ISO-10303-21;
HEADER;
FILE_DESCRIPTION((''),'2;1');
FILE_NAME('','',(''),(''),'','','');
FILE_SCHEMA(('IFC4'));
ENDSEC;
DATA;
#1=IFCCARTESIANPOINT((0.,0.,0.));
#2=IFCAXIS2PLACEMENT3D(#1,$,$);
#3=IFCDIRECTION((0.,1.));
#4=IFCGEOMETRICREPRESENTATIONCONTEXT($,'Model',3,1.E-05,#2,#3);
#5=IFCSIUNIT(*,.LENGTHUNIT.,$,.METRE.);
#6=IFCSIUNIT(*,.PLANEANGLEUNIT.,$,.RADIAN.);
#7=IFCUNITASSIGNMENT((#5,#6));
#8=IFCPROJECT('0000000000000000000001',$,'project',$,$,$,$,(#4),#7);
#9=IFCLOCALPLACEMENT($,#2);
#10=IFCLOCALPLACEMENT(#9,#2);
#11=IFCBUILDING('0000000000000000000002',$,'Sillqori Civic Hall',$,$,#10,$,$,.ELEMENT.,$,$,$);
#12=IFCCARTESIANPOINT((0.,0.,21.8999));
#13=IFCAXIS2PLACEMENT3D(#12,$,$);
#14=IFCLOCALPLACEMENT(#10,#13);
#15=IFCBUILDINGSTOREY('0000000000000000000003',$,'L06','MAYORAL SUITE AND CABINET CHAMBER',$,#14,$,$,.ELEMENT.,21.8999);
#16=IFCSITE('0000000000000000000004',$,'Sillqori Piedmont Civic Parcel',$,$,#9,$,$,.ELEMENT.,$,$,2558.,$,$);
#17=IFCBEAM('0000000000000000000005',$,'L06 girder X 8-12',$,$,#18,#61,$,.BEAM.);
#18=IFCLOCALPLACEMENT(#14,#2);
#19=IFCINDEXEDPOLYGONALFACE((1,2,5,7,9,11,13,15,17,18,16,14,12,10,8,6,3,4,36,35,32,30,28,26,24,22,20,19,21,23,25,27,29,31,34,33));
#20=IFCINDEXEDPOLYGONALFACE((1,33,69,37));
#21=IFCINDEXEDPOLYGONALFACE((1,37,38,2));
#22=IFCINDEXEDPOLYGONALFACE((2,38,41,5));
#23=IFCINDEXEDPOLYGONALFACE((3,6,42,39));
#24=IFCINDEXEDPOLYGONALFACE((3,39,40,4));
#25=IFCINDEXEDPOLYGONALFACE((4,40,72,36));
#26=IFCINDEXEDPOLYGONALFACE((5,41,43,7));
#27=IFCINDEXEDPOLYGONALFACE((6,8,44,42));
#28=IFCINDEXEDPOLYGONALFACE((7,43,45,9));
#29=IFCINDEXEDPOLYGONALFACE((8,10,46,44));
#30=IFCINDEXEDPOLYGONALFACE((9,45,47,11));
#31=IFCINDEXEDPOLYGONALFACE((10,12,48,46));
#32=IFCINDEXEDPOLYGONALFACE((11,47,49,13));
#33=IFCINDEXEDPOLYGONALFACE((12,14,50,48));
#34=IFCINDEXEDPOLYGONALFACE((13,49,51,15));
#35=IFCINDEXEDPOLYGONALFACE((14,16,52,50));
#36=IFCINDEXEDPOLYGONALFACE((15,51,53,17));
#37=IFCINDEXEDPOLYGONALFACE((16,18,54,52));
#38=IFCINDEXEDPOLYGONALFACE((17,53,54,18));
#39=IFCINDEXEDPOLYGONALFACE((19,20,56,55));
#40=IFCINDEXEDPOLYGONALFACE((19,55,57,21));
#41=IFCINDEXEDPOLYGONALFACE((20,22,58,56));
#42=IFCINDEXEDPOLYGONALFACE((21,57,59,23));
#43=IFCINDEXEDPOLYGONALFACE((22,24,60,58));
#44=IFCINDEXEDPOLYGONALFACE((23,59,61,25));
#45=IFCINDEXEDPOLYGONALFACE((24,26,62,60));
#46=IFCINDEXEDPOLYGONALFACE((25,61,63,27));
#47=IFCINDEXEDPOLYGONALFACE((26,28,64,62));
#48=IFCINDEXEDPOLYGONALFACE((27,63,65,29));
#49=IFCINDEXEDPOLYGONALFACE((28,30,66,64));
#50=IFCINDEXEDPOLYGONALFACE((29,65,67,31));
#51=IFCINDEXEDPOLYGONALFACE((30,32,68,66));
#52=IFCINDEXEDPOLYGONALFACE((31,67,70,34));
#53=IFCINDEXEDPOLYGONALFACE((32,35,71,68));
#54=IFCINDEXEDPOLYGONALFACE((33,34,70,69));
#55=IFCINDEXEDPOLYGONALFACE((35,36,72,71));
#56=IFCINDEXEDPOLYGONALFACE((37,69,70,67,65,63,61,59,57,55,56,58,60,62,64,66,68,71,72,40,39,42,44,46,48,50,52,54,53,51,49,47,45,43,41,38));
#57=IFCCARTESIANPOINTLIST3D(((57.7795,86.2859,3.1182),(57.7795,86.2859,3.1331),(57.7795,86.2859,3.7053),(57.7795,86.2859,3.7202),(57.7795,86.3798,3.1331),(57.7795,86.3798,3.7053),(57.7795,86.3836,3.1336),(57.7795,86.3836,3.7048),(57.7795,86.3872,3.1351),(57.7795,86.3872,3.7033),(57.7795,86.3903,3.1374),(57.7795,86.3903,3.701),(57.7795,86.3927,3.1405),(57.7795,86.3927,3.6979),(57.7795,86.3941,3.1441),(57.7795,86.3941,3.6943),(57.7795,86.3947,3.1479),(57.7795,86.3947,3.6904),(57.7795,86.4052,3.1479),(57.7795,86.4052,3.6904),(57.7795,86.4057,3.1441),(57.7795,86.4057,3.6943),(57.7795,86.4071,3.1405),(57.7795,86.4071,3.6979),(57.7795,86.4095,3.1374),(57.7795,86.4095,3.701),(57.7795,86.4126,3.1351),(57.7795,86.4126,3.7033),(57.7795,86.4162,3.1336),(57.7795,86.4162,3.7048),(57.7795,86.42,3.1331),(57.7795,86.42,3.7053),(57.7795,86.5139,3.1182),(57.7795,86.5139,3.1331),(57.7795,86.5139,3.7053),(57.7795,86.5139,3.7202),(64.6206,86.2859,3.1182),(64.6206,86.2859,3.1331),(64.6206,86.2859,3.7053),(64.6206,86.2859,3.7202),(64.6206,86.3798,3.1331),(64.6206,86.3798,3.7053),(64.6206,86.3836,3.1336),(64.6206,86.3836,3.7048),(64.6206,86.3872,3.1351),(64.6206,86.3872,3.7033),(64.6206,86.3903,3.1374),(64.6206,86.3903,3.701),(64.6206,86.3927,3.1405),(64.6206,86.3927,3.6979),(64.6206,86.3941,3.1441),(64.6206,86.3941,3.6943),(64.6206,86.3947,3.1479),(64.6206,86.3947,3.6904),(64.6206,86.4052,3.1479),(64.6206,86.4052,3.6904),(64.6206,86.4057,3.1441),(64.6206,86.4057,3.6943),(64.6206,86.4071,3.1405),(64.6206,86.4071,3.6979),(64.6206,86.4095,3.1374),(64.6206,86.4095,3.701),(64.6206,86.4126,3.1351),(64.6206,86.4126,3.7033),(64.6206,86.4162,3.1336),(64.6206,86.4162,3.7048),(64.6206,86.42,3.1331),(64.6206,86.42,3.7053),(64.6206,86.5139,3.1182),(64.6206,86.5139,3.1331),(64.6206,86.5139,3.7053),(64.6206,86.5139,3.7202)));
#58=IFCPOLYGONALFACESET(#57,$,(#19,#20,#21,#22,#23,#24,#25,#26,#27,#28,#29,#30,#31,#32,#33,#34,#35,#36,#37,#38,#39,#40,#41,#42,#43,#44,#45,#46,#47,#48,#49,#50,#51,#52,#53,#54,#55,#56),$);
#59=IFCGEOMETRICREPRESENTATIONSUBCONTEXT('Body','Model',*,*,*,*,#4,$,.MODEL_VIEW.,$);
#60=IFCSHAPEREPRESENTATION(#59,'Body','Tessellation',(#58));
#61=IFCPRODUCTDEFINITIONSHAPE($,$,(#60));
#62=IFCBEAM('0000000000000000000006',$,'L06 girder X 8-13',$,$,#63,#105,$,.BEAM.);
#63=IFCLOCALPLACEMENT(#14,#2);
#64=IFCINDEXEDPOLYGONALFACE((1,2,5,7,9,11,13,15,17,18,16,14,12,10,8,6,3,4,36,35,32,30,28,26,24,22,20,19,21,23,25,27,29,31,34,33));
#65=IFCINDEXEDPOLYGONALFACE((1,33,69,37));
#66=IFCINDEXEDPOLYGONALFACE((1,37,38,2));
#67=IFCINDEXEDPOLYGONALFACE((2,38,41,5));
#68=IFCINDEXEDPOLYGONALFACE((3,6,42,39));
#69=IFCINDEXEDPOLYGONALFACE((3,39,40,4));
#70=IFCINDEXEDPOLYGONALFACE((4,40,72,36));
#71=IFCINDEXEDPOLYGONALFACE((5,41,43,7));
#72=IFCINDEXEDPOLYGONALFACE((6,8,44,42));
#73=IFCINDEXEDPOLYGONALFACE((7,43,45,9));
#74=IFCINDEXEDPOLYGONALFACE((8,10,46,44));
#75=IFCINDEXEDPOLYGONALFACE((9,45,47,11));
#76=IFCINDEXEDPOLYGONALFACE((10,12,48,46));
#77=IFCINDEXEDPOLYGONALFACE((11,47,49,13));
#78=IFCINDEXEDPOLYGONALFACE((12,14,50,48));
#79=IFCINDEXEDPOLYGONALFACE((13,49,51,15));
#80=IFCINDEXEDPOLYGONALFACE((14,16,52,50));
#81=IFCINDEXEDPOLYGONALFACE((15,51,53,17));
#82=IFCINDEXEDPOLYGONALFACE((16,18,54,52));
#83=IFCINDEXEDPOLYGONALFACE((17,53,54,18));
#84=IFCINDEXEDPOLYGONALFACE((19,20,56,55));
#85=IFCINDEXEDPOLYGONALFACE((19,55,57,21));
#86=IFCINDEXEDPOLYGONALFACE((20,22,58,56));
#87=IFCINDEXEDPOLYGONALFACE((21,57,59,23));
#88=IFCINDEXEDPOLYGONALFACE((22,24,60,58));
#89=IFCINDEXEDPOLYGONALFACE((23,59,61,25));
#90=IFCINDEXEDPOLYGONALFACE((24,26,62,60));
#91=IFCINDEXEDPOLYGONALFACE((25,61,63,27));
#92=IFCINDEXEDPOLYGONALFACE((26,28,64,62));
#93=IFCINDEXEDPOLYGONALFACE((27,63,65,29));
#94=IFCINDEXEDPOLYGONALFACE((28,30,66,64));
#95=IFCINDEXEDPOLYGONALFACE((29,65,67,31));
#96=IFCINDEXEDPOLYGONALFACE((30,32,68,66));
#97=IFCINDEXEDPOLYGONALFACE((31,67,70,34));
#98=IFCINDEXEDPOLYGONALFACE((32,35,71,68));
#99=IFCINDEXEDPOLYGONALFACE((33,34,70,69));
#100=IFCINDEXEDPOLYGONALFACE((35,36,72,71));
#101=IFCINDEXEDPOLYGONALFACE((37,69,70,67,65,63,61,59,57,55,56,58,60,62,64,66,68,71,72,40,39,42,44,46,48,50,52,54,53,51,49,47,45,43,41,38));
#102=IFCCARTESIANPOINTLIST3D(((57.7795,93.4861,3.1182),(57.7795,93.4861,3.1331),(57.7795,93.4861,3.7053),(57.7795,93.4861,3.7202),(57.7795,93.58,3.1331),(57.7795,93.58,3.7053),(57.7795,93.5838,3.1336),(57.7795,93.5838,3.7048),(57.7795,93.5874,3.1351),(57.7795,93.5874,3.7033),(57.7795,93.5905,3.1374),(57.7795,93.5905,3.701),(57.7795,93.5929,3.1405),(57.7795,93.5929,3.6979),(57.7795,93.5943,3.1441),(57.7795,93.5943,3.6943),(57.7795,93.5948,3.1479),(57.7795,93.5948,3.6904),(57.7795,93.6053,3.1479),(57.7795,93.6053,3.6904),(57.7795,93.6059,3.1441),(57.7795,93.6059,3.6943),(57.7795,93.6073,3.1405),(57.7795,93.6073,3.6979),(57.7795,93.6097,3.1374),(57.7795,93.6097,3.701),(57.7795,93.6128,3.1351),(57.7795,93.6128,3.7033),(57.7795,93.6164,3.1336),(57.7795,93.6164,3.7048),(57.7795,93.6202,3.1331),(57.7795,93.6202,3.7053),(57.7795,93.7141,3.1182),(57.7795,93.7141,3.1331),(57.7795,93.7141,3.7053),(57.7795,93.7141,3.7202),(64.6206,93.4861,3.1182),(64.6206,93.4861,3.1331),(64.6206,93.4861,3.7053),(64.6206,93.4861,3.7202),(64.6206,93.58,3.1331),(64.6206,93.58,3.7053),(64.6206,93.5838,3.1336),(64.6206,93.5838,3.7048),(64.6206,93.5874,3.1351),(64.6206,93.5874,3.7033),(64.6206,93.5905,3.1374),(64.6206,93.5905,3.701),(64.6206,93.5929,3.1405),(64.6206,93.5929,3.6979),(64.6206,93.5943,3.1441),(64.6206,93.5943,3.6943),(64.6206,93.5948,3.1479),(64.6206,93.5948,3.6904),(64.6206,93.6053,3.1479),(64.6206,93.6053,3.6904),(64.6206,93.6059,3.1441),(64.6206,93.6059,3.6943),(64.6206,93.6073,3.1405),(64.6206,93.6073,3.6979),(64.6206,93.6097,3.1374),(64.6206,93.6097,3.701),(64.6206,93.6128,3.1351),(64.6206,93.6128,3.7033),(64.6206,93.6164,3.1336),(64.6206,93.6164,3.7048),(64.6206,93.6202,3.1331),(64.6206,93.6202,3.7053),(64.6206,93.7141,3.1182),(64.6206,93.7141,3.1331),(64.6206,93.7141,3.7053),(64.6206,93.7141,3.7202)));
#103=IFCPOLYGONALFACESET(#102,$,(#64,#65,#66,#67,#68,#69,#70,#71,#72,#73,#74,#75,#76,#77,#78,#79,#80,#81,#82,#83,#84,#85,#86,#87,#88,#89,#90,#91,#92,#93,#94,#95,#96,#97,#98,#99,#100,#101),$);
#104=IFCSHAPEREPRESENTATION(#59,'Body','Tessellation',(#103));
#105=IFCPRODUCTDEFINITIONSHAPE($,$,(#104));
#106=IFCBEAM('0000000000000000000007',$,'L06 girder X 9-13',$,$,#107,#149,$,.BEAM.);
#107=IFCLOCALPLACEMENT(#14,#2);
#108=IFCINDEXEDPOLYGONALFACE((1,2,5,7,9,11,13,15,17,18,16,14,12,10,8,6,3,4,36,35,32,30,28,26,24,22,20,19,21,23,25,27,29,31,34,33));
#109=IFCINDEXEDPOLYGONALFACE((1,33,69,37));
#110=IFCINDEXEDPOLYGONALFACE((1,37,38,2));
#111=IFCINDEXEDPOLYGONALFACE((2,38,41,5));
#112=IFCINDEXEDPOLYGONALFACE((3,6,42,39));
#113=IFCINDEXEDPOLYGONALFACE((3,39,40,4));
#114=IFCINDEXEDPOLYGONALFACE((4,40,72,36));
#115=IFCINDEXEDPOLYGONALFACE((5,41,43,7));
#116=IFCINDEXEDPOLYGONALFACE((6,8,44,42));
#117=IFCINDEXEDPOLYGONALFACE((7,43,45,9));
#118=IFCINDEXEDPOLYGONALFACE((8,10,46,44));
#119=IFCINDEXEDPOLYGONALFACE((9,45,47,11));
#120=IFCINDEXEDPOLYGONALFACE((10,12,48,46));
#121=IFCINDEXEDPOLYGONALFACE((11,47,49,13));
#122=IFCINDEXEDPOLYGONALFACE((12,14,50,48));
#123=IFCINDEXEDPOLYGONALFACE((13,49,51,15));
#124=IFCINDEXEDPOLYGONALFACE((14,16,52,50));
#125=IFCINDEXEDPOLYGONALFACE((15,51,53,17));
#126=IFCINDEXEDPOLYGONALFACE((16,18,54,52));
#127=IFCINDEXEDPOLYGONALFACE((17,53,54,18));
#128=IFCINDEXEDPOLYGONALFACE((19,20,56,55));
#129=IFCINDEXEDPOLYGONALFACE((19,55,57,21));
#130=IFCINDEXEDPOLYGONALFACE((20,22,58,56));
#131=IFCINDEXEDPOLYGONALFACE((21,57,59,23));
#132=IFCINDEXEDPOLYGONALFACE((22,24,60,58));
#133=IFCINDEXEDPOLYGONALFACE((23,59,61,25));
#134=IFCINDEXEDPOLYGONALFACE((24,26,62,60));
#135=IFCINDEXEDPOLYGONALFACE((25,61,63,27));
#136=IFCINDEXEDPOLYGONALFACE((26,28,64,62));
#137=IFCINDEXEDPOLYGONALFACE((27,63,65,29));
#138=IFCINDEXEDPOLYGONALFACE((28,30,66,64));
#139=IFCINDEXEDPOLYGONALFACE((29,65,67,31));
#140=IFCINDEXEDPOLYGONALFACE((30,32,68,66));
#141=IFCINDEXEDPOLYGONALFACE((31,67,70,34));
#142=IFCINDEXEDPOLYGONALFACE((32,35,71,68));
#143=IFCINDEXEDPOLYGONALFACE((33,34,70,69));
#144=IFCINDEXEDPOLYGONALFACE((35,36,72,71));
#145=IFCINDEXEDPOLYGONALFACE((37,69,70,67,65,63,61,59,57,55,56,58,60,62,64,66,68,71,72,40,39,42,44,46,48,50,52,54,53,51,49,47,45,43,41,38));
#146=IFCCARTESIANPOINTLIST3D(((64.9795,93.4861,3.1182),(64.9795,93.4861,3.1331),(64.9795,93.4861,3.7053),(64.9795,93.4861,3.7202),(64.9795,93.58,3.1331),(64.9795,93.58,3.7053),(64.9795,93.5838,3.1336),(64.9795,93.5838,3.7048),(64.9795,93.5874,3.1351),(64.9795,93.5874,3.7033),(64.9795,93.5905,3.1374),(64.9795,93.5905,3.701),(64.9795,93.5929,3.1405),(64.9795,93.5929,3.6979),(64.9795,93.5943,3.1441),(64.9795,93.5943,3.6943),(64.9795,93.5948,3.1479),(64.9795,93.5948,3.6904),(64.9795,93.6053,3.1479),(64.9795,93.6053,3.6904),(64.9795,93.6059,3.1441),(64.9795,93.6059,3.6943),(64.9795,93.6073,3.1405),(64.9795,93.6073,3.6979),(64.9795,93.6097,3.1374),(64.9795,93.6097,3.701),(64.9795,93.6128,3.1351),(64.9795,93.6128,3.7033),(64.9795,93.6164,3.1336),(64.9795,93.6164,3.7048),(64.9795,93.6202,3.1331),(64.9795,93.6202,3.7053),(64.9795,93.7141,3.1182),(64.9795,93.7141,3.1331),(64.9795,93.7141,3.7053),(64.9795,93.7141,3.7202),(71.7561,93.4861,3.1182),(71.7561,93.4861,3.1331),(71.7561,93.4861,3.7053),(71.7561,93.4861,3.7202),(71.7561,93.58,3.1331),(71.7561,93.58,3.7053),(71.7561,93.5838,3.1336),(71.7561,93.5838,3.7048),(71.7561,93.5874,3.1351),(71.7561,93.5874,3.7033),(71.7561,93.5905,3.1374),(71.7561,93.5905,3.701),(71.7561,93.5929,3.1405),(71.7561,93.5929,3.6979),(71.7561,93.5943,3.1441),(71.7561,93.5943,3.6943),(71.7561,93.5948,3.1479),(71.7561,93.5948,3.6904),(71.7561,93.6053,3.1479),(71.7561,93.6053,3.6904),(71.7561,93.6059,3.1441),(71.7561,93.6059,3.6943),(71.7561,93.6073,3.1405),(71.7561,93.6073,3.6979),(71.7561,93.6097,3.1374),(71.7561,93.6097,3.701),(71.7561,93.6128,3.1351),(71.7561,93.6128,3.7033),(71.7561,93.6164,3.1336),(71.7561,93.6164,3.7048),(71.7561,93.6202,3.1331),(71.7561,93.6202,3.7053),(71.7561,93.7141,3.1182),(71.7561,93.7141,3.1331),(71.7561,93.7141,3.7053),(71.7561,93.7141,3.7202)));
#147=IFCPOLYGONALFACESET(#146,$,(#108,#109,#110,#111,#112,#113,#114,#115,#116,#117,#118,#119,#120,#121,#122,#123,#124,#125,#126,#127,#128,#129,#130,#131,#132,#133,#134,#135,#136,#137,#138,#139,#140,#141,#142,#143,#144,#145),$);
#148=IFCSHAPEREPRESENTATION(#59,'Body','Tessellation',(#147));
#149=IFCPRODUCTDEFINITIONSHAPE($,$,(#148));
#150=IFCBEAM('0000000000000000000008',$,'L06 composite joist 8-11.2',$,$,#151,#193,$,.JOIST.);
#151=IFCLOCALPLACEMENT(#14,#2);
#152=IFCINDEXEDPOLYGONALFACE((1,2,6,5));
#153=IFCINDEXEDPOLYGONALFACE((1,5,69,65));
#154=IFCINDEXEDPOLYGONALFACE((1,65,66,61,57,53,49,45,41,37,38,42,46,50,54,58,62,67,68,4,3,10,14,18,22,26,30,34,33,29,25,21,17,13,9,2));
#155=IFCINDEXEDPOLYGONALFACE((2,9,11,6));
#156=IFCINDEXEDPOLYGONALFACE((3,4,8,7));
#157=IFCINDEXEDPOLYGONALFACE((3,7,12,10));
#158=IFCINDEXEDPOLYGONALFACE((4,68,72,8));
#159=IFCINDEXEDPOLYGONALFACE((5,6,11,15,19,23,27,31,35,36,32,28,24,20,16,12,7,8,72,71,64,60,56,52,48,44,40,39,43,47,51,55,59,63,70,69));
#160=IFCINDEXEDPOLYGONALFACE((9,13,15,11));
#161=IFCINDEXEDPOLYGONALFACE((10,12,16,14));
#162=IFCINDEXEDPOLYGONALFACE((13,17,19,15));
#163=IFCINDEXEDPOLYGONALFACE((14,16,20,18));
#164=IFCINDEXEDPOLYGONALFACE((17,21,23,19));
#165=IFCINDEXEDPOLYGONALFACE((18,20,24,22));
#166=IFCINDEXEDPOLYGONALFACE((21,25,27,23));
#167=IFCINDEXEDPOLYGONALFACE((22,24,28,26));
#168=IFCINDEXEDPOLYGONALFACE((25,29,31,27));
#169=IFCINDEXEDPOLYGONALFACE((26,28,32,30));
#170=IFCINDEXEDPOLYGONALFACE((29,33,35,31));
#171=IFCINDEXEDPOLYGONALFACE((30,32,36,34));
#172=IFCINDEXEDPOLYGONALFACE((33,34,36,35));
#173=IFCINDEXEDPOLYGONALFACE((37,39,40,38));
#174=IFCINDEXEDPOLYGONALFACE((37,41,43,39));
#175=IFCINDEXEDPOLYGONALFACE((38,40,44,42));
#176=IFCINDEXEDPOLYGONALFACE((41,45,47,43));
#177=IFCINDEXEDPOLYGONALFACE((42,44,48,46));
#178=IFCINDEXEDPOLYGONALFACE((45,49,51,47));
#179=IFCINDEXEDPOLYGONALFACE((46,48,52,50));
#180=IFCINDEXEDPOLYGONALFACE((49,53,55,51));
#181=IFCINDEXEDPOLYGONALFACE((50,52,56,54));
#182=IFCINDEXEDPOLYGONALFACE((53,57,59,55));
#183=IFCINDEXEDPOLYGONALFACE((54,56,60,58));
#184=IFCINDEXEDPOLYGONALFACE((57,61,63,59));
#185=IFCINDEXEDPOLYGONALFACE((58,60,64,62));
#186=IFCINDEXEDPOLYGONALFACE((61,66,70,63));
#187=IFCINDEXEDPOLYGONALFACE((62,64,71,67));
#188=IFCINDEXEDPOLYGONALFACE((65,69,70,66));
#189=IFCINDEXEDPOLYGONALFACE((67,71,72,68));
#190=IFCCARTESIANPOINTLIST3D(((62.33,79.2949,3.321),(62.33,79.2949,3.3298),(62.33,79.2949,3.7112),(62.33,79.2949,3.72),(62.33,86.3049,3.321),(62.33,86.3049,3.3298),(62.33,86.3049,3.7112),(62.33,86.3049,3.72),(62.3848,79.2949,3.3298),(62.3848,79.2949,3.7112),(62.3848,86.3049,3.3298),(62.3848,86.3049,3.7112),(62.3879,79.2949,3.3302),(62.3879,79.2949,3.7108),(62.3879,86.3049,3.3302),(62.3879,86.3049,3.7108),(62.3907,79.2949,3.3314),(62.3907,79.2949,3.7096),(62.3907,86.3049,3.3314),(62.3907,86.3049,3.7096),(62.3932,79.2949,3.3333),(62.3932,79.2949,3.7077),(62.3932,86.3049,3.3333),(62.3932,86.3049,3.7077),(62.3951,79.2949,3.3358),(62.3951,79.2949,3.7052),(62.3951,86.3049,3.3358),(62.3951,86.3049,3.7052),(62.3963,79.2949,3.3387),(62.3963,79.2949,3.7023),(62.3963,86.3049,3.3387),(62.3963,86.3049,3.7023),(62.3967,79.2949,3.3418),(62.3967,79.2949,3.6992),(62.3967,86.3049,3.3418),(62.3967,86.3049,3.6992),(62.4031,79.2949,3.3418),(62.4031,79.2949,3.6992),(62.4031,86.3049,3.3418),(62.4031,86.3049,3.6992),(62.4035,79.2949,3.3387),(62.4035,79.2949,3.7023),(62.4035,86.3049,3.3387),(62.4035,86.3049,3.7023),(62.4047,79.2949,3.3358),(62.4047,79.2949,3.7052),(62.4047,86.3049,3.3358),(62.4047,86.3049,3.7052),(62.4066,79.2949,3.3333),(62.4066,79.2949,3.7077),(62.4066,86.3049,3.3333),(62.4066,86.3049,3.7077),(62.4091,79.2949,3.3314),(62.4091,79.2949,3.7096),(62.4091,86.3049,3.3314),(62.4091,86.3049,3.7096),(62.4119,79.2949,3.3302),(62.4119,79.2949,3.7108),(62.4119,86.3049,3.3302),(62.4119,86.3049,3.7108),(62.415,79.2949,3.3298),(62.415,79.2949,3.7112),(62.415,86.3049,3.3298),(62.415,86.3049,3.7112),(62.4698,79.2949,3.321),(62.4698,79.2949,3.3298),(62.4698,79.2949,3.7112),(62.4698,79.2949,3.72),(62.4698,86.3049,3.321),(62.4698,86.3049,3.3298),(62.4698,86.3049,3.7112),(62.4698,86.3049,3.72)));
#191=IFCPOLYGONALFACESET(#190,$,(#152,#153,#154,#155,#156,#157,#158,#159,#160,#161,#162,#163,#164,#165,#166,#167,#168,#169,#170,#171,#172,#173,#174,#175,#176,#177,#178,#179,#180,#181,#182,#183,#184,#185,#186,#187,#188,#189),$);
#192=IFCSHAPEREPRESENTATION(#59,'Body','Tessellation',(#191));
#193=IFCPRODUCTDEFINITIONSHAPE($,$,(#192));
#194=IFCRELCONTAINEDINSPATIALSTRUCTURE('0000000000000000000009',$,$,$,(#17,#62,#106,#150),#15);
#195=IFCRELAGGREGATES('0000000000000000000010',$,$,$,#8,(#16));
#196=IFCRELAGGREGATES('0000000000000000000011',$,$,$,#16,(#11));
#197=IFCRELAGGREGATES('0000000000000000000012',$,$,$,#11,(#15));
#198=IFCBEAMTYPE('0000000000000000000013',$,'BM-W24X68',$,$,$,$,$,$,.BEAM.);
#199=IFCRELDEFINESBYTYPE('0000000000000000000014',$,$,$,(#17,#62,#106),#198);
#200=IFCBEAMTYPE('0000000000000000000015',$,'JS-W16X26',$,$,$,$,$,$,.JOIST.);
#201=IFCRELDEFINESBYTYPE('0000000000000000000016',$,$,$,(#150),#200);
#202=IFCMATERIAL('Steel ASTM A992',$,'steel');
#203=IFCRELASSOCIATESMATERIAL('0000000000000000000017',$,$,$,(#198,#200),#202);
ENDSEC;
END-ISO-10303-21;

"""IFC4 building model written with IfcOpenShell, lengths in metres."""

from ifc_helpers import new_model, si_unit, direction, frame, origin, origin_2d, place, context, subcontext, project, spatial, i_section, extrude, material, material_profile, profile_set, type_object, element, save


model = new_model("IFC4")

# Units and contexts
model_context = context("Model", 3, precision=1e-05, world=origin(), true_north=direction((0.0, 1.0)))
body_context = subcontext(model_context, "Body", "Model", "MODEL_VIEW")
ifc_project = project(units=[si_unit("LENGTHUNIT", "METRE"), si_unit("PLANEANGLEUNIT", "RADIAN")], contexts=[model_context])

# Site, building, storey
site_placement = place(None, origin())
site = spatial("IfcSite", under=ifc_project, at=site_placement, Name="Sillqori Piedmont Civic Parcel", CompositionType="ELEMENT", RefElevation=2558.0)
building_placement = place(site_placement, origin())
building = spatial("IfcBuilding", under=site, at=building_placement, Name="Sillqori Civic Hall", CompositionType="ELEMENT")
storey_placement = place(building_placement, frame((0.0, 0.0, 21.8999)))
storey = spatial("IfcBuildingStorey", under=building, at=storey_placement, Name="L06", Description="MAYORAL SUITE AND CABINET CHAMBER", CompositionType="ELEMENT", Elevation=21.8999)

# Shared definitions
ifc_material_1 = material(Name="Steel ASTM A992", Category="steel")

# Beams
ifc_material_profile_1 = material_profile(ifc_material_1, i_section(OverallWidth=0.228, OverallDepth=0.6021, WebThickness=0.0105, FlangeThickness=0.0149, FilletRadius=0.0149, at=origin_2d()), Name="W24X68")
ifc_profile_set_1 = profile_set([ifc_material_profile_1], Name="Steel ASTM A992")
beam_type_1 = type_object("IfcBeamType", Name="BM-W24X68", PredefinedType="BEAM", material=ifc_profile_set_1)
for number, where, z_axis, x_axis, name in (
    (1, (57.7795, 86.3999, 3.4192), (1.0, 0.0, 0.0), (0.0, 1.0, 0.0), "L06 girder X 8-12"),
    (2, (57.7795, 93.6001, 3.4192), (1.0, 0.0, 0.0), (0.0, 1.0, 0.0), "L06 girder X 8-13"),
):
    element("IfcBeam", number, at=place(storey_placement, frame(where, z_axis=z_axis, x_axis=x_axis)), inside=storey, type_object=beam_type_1, Name=name, PredefinedType="BEAM", context=body_context, shape_type="SweptSolid", body=[
        extrude(i_section(OverallWidth=0.228, OverallDepth=0.6021, WebThickness=0.0105, FlangeThickness=0.0149, FilletRadius=0.0149, at=origin_2d()), origin(), (0.0, 0.0, 1.0), 6.8411),
    ])
beam_1_placement = place(storey_placement, frame((64.9795, 93.6001, 3.4192), z_axis=(1.0, 0.0, 0.0), x_axis=(0.0, 1.0, 0.0)))
element("IfcBeam", 3, at=beam_1_placement, inside=storey, type_object=beam_type_1, Name="L06 girder X 9-13", PredefinedType="BEAM", context=body_context, shape_type="SweptSolid", body=[
    extrude(i_section(OverallWidth=0.228, OverallDepth=0.6021, WebThickness=0.0105, FlangeThickness=0.0149, FilletRadius=0.0149, at=origin_2d()), origin(), (0.0, 0.0, 1.0), 6.7766),
])
ifc_material_profile_2 = material_profile(ifc_material_1, i_section(OverallWidth=0.1399, OverallDepth=0.3989, WebThickness=0.0063, FlangeThickness=0.0088, FilletRadius=0.012, at=origin_2d()), Name="W16X26")
ifc_profile_set_2 = profile_set([ifc_material_profile_2], Name="Steel ASTM A992")
beam_type_2 = type_object("IfcBeamType", Name="JS-W16X26", PredefinedType="JOIST", material=ifc_profile_set_2)
beam_2_placement = place(storey_placement, frame((62.3999, 79.2949, 3.5205), z_axis=(0.0, 1.0, 0.0), x_axis=(-1.0, 0.0, 0.0)))
element("IfcBeam", 4, at=beam_2_placement, inside=storey, type_object=beam_type_2, Name="L06 composite joist 8-11.2", PredefinedType="JOIST", context=body_context, shape_type="SweptSolid", body=[
    extrude(i_section(OverallWidth=0.1399, OverallDepth=0.3989, WebThickness=0.0063, FlangeThickness=0.0088, FilletRadius=0.012, at=origin_2d()), origin(), (0.0, 0.0, 1.0), 7.01),
])

save(model, "model.ifc")
